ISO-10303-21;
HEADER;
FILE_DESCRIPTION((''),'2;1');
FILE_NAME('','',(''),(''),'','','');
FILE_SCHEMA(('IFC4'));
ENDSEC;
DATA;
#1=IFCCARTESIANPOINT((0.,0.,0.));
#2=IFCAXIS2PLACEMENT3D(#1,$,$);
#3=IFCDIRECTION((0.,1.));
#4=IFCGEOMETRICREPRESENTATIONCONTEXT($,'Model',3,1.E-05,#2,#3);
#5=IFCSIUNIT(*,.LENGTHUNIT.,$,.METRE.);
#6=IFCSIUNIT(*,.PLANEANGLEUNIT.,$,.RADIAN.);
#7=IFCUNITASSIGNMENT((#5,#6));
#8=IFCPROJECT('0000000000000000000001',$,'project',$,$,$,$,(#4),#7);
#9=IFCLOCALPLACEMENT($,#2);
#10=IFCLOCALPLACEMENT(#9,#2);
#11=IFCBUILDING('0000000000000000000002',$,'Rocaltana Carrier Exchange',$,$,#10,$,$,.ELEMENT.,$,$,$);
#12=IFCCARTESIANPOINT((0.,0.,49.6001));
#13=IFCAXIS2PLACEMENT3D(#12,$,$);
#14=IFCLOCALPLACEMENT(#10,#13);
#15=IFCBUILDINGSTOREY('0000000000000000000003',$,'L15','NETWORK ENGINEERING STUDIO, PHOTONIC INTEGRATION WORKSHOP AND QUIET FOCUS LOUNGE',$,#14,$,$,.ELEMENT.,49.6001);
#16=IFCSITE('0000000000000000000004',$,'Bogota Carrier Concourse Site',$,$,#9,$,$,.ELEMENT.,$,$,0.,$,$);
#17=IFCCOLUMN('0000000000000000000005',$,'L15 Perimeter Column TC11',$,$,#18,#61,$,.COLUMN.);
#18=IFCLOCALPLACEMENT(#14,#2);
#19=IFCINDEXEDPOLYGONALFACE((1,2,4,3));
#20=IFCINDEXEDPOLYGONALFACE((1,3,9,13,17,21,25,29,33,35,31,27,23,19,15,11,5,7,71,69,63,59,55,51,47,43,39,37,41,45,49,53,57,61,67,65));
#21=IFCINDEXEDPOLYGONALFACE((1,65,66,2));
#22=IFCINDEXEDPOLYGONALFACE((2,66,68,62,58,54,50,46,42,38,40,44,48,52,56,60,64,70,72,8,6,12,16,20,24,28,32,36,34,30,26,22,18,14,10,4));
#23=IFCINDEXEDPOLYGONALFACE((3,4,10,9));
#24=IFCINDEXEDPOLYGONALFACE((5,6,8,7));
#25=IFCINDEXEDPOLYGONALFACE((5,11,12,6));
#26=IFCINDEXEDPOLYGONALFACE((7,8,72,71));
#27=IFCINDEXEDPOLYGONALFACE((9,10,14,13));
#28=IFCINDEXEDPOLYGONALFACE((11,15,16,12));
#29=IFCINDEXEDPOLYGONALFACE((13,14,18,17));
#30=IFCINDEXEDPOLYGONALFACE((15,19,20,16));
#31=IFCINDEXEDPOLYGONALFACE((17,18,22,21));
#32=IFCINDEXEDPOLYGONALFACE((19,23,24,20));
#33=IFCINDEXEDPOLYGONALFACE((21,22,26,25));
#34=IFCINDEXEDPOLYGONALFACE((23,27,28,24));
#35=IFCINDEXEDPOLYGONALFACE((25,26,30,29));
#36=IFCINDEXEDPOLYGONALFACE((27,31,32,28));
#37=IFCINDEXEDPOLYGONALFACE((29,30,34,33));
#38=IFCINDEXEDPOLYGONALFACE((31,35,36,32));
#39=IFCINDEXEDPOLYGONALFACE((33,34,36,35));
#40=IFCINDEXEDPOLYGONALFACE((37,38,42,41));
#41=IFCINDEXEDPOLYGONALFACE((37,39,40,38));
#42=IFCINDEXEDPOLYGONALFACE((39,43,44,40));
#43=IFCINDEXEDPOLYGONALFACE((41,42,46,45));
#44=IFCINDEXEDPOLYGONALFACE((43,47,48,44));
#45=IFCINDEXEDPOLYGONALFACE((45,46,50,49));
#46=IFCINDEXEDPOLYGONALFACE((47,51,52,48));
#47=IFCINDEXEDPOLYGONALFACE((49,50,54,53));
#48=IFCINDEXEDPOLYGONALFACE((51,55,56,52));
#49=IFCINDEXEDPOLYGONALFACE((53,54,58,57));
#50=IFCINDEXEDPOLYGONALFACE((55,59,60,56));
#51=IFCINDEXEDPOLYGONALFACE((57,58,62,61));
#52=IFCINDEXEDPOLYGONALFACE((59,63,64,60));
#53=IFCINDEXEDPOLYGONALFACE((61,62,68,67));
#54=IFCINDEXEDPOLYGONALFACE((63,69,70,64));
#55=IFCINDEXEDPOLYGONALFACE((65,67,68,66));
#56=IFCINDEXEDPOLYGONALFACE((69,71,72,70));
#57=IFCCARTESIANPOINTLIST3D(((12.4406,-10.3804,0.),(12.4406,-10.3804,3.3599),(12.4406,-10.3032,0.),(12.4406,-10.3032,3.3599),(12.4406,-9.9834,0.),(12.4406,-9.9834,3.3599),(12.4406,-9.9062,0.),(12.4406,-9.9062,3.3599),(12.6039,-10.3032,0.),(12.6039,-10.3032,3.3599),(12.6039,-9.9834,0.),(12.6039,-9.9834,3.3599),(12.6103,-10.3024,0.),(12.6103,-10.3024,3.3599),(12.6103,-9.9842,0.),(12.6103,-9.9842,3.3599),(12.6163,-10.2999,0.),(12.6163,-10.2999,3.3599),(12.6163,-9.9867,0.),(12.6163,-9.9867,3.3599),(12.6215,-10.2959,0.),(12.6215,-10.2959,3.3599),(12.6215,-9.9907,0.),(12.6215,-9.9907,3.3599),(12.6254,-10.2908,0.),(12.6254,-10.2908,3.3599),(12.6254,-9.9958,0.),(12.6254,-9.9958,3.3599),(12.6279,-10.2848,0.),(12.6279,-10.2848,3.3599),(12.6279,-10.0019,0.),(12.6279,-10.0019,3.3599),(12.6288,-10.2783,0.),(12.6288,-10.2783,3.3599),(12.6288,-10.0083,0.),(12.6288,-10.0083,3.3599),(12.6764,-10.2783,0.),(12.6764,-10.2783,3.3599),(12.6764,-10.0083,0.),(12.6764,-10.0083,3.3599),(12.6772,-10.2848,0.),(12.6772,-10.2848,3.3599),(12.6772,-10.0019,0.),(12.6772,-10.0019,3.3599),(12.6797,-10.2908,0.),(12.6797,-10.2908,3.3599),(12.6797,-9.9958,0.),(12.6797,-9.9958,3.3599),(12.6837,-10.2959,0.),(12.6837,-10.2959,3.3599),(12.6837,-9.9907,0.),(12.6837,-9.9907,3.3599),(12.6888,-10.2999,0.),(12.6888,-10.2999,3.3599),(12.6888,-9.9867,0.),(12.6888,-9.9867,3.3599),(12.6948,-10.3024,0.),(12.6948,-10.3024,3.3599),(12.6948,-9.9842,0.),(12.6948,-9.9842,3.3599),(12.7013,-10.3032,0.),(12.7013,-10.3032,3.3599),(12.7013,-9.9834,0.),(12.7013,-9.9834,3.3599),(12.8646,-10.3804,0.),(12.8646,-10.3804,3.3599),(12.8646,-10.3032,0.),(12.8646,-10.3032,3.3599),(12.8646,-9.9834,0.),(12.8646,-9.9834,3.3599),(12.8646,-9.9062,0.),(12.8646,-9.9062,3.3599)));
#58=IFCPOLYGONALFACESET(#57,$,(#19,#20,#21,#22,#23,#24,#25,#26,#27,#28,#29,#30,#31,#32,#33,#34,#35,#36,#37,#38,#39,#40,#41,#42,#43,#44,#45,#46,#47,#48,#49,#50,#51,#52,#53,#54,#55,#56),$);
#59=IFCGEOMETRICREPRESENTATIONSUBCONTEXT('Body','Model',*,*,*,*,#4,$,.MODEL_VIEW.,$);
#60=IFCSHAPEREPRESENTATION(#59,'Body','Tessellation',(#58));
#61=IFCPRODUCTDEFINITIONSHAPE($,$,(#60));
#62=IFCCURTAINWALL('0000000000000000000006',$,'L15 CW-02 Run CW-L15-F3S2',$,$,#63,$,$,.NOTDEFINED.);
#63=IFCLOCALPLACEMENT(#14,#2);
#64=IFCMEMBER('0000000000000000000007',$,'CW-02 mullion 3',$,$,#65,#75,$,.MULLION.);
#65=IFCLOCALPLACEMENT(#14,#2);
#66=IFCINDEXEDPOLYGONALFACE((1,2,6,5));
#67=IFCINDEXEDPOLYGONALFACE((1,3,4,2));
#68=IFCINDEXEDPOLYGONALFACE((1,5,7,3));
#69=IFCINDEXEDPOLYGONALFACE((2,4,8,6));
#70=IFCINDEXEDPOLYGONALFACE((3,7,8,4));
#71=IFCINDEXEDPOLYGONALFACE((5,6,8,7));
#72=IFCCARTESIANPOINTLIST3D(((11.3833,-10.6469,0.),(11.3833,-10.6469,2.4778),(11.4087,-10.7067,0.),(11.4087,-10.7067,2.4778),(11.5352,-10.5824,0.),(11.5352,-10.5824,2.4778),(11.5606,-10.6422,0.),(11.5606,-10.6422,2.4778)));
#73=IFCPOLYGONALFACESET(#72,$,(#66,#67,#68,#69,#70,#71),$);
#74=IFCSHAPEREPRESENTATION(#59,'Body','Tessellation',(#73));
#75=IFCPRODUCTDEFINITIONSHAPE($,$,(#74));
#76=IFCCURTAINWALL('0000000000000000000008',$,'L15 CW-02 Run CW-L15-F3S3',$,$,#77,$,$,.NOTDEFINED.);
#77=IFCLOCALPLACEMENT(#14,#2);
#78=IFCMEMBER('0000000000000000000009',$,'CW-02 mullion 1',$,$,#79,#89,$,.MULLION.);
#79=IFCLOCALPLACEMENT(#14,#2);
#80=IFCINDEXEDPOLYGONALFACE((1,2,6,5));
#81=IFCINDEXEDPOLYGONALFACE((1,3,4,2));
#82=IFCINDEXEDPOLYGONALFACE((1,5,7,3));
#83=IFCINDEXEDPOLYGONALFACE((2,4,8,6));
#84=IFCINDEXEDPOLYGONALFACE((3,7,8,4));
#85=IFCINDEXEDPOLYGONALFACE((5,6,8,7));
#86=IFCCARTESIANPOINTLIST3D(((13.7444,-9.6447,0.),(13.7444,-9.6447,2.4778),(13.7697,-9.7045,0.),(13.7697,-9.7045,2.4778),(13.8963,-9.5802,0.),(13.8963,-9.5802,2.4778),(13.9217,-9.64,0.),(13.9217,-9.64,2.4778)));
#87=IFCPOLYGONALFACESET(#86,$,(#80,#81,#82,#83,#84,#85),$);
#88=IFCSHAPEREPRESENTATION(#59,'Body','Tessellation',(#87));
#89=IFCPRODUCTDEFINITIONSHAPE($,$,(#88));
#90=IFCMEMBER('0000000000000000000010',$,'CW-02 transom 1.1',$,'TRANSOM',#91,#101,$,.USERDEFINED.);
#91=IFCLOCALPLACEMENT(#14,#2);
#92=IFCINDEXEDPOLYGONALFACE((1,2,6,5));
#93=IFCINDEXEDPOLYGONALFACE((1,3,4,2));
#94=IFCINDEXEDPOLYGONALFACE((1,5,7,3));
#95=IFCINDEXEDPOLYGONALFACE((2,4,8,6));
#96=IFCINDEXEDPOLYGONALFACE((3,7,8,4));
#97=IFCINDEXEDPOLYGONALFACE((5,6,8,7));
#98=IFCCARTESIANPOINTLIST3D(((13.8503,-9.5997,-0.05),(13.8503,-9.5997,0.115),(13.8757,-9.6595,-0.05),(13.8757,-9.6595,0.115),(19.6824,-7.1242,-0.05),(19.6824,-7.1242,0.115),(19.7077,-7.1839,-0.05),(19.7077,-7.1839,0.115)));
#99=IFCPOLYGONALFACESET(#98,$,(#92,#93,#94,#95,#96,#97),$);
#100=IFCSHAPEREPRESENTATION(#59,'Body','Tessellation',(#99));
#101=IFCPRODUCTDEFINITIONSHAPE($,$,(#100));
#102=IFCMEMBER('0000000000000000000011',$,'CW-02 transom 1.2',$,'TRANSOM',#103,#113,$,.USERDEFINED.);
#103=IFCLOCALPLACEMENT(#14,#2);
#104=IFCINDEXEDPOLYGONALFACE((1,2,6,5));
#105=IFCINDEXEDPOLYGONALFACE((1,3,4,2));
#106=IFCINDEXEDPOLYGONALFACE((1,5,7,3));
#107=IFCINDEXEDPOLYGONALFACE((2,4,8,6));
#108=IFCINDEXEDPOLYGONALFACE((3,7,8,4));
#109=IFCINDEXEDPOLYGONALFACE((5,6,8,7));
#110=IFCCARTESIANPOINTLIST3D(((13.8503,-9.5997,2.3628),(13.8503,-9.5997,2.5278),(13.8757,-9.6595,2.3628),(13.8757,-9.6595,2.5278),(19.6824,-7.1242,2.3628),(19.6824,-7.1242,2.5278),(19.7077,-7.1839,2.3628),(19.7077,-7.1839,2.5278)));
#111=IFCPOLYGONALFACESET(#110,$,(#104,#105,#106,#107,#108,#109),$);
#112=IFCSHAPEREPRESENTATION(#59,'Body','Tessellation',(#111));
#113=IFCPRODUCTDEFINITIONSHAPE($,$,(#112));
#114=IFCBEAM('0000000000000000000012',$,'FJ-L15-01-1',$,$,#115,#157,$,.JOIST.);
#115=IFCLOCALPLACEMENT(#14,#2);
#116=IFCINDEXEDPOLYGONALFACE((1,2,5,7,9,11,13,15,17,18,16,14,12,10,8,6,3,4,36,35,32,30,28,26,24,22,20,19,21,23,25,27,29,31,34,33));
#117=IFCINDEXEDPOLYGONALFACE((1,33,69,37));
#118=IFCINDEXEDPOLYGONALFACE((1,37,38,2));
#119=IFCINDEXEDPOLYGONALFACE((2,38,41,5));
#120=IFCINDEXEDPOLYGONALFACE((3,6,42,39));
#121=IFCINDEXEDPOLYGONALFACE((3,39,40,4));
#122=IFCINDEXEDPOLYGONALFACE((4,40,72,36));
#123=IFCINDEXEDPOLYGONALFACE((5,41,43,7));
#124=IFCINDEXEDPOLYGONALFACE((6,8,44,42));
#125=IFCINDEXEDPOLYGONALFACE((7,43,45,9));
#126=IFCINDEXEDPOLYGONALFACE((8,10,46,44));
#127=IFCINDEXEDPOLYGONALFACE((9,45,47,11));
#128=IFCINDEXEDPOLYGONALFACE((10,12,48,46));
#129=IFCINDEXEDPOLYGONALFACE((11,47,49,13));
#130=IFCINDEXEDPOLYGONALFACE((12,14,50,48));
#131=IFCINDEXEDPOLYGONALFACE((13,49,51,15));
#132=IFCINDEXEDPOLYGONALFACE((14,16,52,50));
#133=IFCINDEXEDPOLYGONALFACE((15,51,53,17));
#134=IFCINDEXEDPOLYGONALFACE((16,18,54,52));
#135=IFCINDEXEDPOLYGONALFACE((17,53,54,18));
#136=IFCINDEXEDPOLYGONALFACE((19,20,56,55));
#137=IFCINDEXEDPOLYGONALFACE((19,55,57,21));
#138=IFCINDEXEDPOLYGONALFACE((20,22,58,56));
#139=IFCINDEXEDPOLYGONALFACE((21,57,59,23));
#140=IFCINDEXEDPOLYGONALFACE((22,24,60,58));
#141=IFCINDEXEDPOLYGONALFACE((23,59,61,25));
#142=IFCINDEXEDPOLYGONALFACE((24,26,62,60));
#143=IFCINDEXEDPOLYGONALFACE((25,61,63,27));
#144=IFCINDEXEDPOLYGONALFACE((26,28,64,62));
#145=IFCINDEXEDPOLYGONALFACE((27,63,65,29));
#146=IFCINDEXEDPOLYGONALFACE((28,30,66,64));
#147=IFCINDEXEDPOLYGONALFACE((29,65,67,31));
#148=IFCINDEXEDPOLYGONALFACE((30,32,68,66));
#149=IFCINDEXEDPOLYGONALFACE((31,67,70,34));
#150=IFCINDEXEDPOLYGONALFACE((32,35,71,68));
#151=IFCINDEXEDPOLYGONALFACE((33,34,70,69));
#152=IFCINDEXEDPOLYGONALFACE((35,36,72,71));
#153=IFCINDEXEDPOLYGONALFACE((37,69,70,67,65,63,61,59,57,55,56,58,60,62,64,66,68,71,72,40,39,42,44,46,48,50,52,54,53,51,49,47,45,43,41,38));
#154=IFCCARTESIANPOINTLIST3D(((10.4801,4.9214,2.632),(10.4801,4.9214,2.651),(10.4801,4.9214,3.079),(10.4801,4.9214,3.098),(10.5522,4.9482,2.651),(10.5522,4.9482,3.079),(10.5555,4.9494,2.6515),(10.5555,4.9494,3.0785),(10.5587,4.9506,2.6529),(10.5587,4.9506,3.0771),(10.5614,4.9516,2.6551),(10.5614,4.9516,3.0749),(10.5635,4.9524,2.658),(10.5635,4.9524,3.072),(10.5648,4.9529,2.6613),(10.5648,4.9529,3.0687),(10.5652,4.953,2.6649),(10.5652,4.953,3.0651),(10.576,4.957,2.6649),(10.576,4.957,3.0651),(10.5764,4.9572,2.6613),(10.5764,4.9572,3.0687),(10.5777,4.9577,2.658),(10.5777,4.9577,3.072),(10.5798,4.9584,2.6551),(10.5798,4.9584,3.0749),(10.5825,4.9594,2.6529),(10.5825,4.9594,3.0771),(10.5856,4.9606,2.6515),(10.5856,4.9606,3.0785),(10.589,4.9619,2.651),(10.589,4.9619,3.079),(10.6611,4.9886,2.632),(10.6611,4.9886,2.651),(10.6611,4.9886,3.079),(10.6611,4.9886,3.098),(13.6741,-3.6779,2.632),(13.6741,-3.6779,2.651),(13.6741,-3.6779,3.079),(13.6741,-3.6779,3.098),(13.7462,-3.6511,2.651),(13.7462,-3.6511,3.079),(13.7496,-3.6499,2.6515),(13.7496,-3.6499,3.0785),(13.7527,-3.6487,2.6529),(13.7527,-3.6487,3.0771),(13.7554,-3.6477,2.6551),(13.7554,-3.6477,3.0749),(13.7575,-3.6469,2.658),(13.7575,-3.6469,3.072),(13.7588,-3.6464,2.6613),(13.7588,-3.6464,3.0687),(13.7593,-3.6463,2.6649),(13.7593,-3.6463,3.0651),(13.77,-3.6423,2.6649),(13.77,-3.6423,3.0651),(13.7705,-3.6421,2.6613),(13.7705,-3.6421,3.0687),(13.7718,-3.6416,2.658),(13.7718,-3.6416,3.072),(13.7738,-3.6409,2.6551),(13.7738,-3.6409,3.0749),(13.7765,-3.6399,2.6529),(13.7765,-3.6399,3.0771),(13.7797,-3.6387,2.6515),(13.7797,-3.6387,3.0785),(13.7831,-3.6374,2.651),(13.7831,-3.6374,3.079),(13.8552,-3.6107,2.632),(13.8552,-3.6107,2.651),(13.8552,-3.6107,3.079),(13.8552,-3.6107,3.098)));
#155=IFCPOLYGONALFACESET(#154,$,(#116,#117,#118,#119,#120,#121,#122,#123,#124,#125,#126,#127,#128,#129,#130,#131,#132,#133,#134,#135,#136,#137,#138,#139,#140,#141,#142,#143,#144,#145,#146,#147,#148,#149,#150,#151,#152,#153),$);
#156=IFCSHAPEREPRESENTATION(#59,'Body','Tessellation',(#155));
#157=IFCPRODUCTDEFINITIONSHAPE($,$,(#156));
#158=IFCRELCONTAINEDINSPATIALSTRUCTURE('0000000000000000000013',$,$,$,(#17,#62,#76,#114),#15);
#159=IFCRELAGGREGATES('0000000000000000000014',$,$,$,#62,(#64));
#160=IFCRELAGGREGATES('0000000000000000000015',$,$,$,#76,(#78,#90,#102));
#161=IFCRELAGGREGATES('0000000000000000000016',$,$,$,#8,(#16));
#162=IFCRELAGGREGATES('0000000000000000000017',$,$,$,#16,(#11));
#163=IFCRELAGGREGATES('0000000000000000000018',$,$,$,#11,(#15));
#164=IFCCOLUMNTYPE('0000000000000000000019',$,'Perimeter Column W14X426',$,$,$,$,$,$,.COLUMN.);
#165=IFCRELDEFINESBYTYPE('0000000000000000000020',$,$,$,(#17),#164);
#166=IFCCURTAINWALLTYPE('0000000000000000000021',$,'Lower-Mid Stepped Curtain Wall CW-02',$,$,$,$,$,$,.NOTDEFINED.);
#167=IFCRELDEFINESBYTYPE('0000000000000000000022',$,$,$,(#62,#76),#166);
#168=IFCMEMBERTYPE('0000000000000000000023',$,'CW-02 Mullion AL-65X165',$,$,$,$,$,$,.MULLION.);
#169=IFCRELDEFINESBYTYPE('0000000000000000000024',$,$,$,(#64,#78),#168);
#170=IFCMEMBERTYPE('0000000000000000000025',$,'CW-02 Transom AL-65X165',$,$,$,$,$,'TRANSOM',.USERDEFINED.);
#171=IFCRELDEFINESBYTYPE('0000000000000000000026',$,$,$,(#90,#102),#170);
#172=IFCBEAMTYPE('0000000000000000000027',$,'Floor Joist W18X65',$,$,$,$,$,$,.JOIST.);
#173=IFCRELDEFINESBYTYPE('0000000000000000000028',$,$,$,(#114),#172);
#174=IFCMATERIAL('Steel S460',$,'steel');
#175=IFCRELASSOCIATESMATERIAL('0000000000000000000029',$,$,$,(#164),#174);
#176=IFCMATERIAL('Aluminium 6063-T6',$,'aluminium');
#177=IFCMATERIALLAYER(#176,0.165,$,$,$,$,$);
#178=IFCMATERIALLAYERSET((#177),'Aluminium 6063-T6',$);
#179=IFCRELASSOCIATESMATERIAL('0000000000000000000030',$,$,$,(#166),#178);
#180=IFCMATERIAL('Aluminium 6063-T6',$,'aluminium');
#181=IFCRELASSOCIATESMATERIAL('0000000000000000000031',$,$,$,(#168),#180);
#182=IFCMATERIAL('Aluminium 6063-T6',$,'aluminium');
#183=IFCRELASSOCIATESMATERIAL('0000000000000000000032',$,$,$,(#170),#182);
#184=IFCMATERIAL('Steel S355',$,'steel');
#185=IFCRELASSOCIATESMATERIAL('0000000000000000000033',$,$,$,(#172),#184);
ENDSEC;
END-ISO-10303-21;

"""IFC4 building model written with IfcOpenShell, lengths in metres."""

from ifc_helpers import new_model, si_unit, direction, frame, origin, origin_2d, place, context, subcontext, project, spatial, rectangle, i_section, extrude, material, layer, layer_set, material_profile, profile_set, type_object, element, aggregate, save


model = new_model("IFC4")

# Units and contexts
model_context = context("Model", 3, precision=1e-05, world=origin(), true_north=direction((0.0, 1.0)))
body_context = subcontext(model_context, "Body", "Model", "MODEL_VIEW")
ifc_project = project(units=[si_unit("LENGTHUNIT", "METRE"), si_unit("PLANEANGLEUNIT", "RADIAN")], contexts=[model_context])

# Site, building, storey
site_placement = place(None, origin())
site = spatial("IfcSite", under=ifc_project, at=site_placement, Name="Bogota Carrier Concourse Site", CompositionType="ELEMENT", RefElevation=0.0)
building_placement = place(site_placement, origin())
building = spatial("IfcBuilding", under=site, at=building_placement, Name="Rocaltana Carrier Exchange", CompositionType="ELEMENT")
storey_placement = place(building_placement, frame((0.0, 0.0, 49.6001)))
storey = spatial("IfcBuildingStorey", under=building, at=storey_placement, Name="L15", Description="NETWORK ENGINEERING STUDIO, PHOTONIC INTEGRATION WORKSHOP AND QUIET FOCUS LOUNGE", CompositionType="ELEMENT", Elevation=49.6001)

# Column
ifc_material_1 = material(Name="Steel S460", Category="steel")
ifc_material_profile_1 = material_profile(ifc_material_1, i_section(OverallWidth=0.4241, OverallDepth=0.4741, WebThickness=0.0476, FlangeThickness=0.0771, FilletRadius=0.0249, at=origin_2d()), Name="W14X426")
ifc_profile_set_1 = profile_set([ifc_material_profile_1], Name="Steel S460")
column_type = type_object("IfcColumnType", Name="Perimeter Column W14X426", PredefinedType="COLUMN", material=ifc_profile_set_1)
column_placement = place(storey_placement, frame((12.6526, -10.1433, 0.0), z_axis=(0.0, 0.0, 1.0), x_axis=(1.0, 0.0, 0.0)))
element("IfcColumn", 1, at=column_placement, inside=storey, type_object=column_type, Name="L15 Perimeter Column TC11", PredefinedType="COLUMN", context=body_context, shape_type="SweptSolid", body=[
    extrude(i_section(OverallWidth=0.4241, OverallDepth=0.4741, WebThickness=0.0476, FlangeThickness=0.0771, FilletRadius=0.0249, at=origin_2d()), origin(), (0.0, 0.0, 1.0), 3.3599),
])

# Curtain wall, member
ifc_material_2 = material(Name="Aluminium 6063-T6", Category="aluminium")
ifc_layer_1 = layer(ifc_material_2, 0.165)
ifc_layer_set_1 = layer_set([ifc_layer_1], Name="Aluminium 6063-T6")
curtain_wall_type = type_object("IfcCurtainWallType", Name="Lower-Mid Stepped Curtain Wall CW-02", PredefinedType="NOTDEFINED", material=ifc_layer_set_1)
curtain_wall_1_placement = place(storey_placement, origin())
curtain_wall_1 = element("IfcCurtainWall", 2, at=curtain_wall_1_placement, inside=storey, type_object=curtain_wall_type, Name="L15 CW-02 Run CW-L15-F3S2", PredefinedType="NOTDEFINED")
ifc_material_3 = material(Name="Aluminium 6063-T6", Category="aluminium")
ifc_material_profile_2 = material_profile(ifc_material_3, rectangle(XDim=0.0649, YDim=0.165, at=origin_2d()), Name="AL-65X165")
ifc_profile_set_2 = profile_set([ifc_material_profile_2], Name="Aluminium 6063-T6")
member_type_1 = type_object("IfcMemberType", Name="CW-02 Mullion AL-65X165", PredefinedType="MULLION", material=ifc_profile_set_2)
member_1_placement = place(storey_placement, frame((11.4719, -10.6445, 0.0), z_axis=(0.0, 0.0, 1.0), x_axis=(-0.390729, 0.920506, 0.0)))
member_1 = element("IfcMember", 3, at=member_1_placement, type_object=member_type_1, Name="CW-02 mullion 3", PredefinedType="MULLION", context=body_context, shape_type="SweptSolid", body=[
    extrude(rectangle(XDim=0.0649, YDim=0.165, at=origin_2d()), origin(), (0.0, 0.0, 1.0), 2.4778),
])
aggregate(curtain_wall_1, [member_1])

# Curtain wall, members
curtain_wall_2_placement = place(storey_placement, origin())
curtain_wall_2 = element("IfcCurtainWall", 4, at=curtain_wall_2_placement, inside=storey, type_object=curtain_wall_type, Name="L15 CW-02 Run CW-L15-F3S3", PredefinedType="NOTDEFINED")
member_2_placement = place(storey_placement, frame((13.833, -9.6423, 0.0), z_axis=(0.0, 0.0, 1.0), x_axis=(-0.390735, 0.920503, 0.0)))
member_2 = element("IfcMember", 5, at=member_2_placement, type_object=member_type_1, Name="CW-02 mullion 1", PredefinedType="MULLION", context=body_context, shape_type="SweptSolid", body=[
    extrude(rectangle(XDim=0.0649, YDim=0.165, at=origin_2d()), origin(), (0.0, 0.0, 1.0), 2.4778),
])
ifc_material_4 = material(Name="Aluminium 6063-T6", Category="aluminium")
ifc_material_profile_3 = material_profile(ifc_material_4, rectangle(XDim=0.0649, YDim=0.165, at=origin_2d()), Name="AL-65X165")
ifc_profile_set_3 = profile_set([ifc_material_profile_3], Name="Aluminium 6063-T6")
member_type_2 = type_object("IfcMemberType", Name="CW-02 Transom AL-65X165", ElementType="TRANSOM", PredefinedType="USERDEFINED", material=ifc_profile_set_3)
member_3_placement = place(storey_placement, frame((13.863, -9.6296, 0.0325), z_axis=(0.920503, 0.390736, 0.0), x_axis=(-0.390736, 0.920503, 0.0)))
member_3 = element("IfcMember", 6, at=member_3_placement, type_object=member_type_2, Name="CW-02 transom 1.1", ObjectType="TRANSOM", PredefinedType="USERDEFINED", context=body_context, shape_type="SweptSolid", body=[
    extrude(rectangle(XDim=0.0649, YDim=0.165, at=origin_2d()), origin(), (0.0, 0.0, 1.0), 6.3357),
])
member_4_placement = place(storey_placement, frame((13.863, -9.6296, 2.4453), z_axis=(0.920503, 0.390736, 0.0), x_axis=(-0.390736, 0.920503, 0.0)))
member_4 = element("IfcMember", 7, at=member_4_placement, type_object=member_type_2, Name="CW-02 transom 1.2", ObjectType="TRANSOM", PredefinedType="USERDEFINED", context=body_context, shape_type="SweptSolid", body=[
    extrude(rectangle(XDim=0.0649, YDim=0.165, at=origin_2d()), origin(), (0.0, 0.0, 1.0), 6.3357),
])

# Beam
ifc_material_5 = material(Name="Steel S355", Category="steel")
ifc_material_profile_4 = material_profile(ifc_material_5, i_section(OverallWidth=0.1931, OverallDepth=0.4661, WebThickness=0.0115, FlangeThickness=0.019, FilletRadius=0.0139, at=origin_2d()), Name="W18X65")
ifc_profile_set_4 = profile_set([ifc_material_profile_4], Name="Steel S355")
beam_type_1 = type_object("IfcBeamType", Name="Floor Joist W18X65", PredefinedType="JOIST", material=ifc_profile_set_4)
beam_1_placement = place(storey_placement, frame((13.7646, -3.6443, 2.865), z_axis=(-0.348191, 0.937424, 0.0), x_axis=(-0.937424, -0.348191, 0.0)))
element("IfcBeam", 8, at=beam_1_placement, inside=storey, type_object=beam_type_1, Name="FJ-L15-01-1", PredefinedType="JOIST", context=body_context, shape_type="SweptSolid", body=[
    extrude(i_section(OverallWidth=0.1931, OverallDepth=0.4661, WebThickness=0.0115, FlangeThickness=0.019, FilletRadius=0.0139, at=origin_2d()), origin(), (0.0, 0.0, 1.0), 9.1733),
])

aggregate(curtain_wall_2, [member_2, member_3, member_4])

save(model, "model.ifc")
